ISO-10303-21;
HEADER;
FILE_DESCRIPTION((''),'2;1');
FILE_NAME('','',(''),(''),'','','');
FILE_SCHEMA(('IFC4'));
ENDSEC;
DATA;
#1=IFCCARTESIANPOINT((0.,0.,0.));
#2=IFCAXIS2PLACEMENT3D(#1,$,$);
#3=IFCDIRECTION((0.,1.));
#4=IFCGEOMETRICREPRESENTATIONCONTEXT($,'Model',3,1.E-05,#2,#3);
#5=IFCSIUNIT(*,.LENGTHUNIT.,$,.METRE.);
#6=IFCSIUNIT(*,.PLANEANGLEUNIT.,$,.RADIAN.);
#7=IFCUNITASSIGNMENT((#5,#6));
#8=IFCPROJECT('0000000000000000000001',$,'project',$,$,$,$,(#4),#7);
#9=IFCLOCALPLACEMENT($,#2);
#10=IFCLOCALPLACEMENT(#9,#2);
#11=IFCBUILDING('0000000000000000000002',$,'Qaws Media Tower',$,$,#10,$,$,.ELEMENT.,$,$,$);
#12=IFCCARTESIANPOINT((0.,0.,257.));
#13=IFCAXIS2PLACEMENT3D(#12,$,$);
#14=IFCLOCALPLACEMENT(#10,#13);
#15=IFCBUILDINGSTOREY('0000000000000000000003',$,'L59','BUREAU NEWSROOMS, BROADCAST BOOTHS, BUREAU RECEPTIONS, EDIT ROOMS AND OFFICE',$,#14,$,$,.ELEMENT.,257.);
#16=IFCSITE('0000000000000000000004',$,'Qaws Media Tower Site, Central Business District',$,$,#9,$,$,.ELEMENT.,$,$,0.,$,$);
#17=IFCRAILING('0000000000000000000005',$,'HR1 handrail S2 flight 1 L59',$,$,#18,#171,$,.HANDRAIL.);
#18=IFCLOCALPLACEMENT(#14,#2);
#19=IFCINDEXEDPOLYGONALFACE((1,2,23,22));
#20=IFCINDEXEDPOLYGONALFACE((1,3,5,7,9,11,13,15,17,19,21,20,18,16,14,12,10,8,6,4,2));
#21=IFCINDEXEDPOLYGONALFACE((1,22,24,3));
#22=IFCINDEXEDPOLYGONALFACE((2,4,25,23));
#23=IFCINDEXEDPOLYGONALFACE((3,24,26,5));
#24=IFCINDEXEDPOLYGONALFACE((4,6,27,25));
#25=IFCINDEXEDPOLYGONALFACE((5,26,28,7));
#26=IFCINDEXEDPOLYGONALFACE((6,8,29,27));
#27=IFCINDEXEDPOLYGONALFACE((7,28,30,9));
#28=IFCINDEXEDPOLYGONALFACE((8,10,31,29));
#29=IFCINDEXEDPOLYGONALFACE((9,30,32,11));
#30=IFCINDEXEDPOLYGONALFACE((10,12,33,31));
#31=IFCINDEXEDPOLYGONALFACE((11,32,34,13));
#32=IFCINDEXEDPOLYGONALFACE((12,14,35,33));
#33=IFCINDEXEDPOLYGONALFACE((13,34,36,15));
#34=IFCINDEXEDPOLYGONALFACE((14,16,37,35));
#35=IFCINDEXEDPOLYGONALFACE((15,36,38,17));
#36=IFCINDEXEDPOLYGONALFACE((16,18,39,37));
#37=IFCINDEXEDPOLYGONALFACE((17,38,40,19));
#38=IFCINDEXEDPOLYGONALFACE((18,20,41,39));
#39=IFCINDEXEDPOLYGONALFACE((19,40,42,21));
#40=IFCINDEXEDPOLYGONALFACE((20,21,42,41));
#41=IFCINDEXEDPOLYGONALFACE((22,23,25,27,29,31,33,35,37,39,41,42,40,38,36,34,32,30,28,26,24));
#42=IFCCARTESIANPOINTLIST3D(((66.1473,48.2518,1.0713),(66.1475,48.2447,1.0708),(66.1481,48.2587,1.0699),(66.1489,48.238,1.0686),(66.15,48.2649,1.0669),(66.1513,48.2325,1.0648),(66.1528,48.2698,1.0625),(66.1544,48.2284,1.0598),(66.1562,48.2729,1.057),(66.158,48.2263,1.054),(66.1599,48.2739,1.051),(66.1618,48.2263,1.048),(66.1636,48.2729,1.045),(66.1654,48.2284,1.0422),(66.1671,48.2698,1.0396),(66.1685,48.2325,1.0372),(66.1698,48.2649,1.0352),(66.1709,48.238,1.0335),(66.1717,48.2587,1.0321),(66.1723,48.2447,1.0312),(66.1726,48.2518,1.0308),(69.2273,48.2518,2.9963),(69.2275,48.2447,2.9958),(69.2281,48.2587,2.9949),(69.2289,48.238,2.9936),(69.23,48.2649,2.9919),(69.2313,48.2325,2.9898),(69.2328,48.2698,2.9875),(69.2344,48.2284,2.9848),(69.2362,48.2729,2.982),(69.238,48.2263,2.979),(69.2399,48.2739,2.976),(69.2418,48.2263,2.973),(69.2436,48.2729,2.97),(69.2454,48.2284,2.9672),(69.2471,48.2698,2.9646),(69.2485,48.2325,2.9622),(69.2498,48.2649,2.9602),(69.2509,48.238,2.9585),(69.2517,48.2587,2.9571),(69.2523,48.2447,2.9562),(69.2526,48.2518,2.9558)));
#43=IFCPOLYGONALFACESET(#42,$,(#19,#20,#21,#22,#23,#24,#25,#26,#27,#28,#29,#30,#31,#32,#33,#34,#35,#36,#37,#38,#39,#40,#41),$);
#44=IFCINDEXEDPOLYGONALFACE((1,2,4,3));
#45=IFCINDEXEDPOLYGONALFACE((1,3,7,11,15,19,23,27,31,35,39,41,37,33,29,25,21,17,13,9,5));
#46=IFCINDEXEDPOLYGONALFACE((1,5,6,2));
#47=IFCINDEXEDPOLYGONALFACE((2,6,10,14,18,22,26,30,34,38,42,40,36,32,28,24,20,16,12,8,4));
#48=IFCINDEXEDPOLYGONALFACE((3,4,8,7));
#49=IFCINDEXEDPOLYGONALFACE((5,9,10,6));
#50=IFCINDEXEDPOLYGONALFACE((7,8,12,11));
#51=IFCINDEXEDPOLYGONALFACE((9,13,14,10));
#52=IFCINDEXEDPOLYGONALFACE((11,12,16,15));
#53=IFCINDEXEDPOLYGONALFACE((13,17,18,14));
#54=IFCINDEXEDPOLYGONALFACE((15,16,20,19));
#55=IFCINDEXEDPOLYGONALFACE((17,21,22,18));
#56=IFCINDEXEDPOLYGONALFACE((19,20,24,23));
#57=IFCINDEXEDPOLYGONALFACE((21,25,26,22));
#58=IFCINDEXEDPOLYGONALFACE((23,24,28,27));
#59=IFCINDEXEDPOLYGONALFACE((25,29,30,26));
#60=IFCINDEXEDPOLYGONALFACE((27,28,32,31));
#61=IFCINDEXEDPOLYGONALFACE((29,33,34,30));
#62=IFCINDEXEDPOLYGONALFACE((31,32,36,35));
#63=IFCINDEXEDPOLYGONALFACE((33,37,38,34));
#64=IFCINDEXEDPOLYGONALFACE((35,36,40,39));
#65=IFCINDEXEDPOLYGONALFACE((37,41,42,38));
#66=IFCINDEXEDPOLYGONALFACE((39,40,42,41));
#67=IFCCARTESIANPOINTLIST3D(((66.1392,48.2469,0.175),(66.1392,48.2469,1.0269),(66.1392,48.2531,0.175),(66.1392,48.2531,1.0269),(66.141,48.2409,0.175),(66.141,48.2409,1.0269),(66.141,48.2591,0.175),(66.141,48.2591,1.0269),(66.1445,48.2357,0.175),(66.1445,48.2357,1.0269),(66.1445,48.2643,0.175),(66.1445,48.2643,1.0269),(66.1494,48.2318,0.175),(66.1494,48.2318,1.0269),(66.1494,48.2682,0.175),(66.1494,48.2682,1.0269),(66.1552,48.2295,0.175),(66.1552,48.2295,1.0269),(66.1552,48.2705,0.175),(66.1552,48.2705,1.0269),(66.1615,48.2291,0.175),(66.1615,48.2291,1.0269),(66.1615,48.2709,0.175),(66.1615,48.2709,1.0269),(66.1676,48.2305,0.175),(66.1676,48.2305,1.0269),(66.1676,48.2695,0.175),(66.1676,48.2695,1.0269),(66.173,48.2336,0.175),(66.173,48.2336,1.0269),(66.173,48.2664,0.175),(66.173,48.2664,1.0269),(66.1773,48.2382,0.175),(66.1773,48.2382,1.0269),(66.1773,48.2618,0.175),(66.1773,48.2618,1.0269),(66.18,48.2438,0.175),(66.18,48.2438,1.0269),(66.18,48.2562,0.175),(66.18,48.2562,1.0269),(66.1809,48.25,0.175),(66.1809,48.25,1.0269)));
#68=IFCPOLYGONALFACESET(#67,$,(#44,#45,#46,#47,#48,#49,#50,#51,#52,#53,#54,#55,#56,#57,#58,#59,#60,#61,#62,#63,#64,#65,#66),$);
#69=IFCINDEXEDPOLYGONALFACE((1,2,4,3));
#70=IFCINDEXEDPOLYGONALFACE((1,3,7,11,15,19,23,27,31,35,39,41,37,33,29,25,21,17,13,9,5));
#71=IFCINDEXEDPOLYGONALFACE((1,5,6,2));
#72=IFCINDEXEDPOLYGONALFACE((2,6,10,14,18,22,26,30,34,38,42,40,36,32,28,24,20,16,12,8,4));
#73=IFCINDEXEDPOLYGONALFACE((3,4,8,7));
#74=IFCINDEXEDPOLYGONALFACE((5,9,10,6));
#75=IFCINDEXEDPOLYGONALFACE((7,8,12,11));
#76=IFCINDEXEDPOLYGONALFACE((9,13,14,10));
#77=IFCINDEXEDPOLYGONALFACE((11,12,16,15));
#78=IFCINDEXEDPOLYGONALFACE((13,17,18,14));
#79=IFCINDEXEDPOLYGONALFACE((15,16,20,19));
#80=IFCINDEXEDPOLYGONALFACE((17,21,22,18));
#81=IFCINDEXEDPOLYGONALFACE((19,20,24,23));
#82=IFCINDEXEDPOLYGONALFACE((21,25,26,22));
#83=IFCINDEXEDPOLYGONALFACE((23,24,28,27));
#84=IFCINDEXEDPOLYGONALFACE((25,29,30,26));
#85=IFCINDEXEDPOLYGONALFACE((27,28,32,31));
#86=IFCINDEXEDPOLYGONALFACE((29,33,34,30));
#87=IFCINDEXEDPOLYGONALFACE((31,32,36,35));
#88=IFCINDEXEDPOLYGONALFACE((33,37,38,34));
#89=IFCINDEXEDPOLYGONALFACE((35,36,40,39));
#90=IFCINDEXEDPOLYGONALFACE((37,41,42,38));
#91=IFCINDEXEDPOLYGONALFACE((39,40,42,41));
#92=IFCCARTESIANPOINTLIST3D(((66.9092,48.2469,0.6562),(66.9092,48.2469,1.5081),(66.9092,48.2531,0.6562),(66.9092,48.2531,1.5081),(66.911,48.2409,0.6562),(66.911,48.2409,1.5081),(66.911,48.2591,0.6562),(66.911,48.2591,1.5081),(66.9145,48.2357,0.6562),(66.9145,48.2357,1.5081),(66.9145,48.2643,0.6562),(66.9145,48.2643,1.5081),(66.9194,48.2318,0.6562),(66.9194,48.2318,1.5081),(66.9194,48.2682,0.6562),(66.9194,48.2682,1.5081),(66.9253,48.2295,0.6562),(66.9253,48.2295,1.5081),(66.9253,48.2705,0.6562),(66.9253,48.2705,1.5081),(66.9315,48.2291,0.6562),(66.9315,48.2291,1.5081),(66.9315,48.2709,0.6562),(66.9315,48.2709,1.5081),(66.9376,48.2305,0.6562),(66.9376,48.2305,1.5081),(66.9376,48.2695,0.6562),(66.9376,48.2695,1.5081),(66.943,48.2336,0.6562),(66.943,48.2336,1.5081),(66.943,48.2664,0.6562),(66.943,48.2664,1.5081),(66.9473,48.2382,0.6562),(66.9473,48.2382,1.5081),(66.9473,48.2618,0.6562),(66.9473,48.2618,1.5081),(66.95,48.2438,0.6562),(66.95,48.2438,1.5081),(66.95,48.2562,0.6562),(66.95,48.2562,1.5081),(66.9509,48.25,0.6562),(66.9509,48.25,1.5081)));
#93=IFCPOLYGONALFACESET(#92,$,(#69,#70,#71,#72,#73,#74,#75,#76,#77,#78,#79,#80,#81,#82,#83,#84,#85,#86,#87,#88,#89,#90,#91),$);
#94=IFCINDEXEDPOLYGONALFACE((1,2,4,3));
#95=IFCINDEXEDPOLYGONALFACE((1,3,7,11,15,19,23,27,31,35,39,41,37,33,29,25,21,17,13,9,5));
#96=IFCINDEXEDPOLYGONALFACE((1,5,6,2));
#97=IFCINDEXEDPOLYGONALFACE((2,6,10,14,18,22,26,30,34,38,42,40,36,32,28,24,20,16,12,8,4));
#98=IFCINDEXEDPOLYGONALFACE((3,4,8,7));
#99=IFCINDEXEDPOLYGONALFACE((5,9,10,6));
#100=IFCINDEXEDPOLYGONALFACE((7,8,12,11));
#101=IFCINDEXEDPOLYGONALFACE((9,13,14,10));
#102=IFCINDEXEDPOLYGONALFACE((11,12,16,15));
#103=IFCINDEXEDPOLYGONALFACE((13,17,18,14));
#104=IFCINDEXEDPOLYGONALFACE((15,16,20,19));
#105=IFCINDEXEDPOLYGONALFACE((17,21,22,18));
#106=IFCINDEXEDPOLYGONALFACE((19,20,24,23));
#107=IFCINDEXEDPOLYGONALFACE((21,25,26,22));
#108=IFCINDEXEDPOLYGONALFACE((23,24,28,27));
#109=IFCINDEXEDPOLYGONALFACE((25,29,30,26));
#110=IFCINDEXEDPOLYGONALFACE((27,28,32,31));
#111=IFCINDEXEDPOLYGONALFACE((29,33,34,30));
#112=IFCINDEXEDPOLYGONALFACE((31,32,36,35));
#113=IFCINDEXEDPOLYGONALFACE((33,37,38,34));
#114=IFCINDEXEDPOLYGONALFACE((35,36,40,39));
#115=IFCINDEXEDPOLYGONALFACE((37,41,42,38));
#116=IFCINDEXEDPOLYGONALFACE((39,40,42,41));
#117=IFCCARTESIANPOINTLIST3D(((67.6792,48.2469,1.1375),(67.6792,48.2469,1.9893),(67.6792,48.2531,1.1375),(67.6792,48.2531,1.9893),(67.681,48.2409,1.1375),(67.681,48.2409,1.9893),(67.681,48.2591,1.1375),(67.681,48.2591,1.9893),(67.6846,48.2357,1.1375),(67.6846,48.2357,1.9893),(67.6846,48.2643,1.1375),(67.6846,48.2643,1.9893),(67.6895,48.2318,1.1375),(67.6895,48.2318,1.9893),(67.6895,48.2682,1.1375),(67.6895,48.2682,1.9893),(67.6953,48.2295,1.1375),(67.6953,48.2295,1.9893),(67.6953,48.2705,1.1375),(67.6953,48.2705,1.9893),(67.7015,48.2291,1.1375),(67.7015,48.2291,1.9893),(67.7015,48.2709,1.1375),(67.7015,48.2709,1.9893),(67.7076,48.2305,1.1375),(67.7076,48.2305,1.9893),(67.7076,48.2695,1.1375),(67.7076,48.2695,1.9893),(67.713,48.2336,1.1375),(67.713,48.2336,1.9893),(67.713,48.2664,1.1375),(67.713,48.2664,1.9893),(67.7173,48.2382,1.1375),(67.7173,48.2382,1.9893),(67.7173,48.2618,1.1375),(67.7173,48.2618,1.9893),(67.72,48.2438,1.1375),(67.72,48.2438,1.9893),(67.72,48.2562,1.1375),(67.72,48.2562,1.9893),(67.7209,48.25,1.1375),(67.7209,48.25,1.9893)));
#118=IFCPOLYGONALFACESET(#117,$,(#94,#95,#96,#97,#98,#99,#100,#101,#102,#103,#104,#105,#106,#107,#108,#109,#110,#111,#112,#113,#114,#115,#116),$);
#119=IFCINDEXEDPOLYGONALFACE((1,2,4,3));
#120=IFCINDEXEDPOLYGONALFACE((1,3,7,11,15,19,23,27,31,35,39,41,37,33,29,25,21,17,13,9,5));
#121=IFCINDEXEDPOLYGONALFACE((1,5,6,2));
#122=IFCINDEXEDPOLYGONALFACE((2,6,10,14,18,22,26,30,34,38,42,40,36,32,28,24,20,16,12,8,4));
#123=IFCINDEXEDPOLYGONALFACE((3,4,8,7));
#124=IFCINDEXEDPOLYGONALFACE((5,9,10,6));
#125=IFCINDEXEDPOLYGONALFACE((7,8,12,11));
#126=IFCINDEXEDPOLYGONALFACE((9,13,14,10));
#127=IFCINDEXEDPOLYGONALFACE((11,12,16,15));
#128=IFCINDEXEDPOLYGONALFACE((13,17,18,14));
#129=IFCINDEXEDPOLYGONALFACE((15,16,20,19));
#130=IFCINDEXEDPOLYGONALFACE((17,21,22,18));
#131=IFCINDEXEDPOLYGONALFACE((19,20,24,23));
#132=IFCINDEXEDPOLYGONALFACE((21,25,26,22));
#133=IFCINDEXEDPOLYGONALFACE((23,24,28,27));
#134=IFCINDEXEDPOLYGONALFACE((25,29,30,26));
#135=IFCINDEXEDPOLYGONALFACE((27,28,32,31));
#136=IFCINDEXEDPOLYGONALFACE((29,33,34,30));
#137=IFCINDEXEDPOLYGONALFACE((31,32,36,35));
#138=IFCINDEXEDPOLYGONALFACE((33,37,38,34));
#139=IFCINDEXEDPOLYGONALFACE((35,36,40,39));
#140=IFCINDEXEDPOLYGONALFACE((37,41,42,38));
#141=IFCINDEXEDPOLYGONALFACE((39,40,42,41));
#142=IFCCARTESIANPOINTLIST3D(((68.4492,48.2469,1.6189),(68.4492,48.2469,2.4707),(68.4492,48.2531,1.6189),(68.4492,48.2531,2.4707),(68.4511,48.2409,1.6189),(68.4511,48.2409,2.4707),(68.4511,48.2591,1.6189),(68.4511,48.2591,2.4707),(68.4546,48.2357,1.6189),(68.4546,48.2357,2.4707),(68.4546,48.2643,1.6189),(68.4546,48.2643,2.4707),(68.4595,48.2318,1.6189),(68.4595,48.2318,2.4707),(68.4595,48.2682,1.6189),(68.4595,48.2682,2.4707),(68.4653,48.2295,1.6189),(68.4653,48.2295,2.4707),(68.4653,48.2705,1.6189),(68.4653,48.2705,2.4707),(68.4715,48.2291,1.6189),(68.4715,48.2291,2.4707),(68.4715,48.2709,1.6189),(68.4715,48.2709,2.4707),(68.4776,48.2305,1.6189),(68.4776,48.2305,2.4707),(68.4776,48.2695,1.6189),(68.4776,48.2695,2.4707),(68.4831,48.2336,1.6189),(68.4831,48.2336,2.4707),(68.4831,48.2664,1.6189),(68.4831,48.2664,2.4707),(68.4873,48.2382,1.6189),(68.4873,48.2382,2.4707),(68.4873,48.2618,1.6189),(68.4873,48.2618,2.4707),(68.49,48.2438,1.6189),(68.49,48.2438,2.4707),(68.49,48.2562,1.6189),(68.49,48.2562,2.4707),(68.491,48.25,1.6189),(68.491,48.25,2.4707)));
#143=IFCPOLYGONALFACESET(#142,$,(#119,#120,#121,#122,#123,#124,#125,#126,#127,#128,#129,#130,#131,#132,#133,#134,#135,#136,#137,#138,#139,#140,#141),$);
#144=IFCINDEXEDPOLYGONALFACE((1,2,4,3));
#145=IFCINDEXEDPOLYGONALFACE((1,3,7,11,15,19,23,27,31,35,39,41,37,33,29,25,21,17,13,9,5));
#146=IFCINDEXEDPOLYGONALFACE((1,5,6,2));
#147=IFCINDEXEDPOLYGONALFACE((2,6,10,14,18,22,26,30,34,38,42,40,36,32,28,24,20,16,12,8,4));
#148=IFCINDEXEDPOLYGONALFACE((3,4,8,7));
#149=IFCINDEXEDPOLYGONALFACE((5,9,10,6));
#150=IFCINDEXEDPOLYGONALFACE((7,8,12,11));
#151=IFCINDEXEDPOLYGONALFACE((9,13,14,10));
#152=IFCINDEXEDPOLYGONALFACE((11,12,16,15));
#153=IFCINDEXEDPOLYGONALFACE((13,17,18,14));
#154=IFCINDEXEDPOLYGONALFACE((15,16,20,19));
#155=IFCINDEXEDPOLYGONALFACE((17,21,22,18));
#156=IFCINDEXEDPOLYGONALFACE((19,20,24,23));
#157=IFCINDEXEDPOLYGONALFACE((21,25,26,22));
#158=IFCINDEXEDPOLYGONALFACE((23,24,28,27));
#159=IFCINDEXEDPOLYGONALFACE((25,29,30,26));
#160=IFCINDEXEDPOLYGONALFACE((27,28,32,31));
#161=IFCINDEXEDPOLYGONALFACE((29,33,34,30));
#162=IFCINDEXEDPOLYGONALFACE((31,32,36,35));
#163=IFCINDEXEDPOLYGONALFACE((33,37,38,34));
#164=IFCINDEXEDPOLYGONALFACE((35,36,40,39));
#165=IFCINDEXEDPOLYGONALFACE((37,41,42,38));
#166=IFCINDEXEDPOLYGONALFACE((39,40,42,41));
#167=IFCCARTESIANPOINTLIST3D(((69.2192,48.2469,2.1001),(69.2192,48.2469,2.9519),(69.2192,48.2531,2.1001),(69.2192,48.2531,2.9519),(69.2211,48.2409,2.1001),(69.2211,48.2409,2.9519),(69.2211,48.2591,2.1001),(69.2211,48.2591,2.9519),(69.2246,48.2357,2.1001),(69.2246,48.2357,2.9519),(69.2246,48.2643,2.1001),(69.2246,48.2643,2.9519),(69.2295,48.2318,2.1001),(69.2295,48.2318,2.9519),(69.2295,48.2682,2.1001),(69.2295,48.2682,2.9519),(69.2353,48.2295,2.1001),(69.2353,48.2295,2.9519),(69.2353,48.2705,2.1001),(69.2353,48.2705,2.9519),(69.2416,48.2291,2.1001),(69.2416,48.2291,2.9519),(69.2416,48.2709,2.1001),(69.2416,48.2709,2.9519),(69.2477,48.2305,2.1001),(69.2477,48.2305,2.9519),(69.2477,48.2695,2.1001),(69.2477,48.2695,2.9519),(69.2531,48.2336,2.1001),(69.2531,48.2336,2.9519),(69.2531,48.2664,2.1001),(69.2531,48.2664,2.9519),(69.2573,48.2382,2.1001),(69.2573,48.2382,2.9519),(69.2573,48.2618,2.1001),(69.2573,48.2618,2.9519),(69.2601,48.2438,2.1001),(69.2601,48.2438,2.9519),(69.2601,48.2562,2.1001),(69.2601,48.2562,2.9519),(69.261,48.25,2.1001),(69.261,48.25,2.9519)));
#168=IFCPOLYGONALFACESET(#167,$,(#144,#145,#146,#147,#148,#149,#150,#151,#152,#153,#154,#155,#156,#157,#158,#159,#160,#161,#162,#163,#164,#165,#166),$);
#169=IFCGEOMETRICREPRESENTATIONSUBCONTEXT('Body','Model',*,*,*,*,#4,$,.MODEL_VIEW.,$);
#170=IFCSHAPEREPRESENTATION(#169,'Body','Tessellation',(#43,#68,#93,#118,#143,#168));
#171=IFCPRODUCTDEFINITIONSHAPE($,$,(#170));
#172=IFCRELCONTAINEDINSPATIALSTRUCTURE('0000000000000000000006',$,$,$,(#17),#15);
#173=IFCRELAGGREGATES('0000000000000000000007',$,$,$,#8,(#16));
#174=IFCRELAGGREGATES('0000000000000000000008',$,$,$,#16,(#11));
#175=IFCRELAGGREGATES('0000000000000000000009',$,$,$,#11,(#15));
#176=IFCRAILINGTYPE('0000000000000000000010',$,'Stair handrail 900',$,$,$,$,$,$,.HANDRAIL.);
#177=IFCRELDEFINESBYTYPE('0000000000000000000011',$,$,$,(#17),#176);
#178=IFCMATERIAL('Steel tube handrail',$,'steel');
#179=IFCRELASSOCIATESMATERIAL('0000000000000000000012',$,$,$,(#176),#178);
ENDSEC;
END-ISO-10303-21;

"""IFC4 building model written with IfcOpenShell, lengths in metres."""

from ifc_helpers import new_model, si_unit, direction, frame, origin, origin_2d, place, context, subcontext, project, spatial, circle, extrude, material, type_object, element, save


model = new_model("IFC4")

# Units and contexts
model_context = context("Model", 3, precision=1e-05, world=origin(), true_north=direction((0.0, 1.0)))
body_context = subcontext(model_context, "Body", "Model", "MODEL_VIEW")
ifc_project = project(units=[si_unit("LENGTHUNIT", "METRE"), si_unit("PLANEANGLEUNIT", "RADIAN")], contexts=[model_context])

# Site, building, storey
site_placement = place(None, origin())
site = spatial("IfcSite", under=ifc_project, at=site_placement, Name="Qaws Media Tower Site, Central Business District", CompositionType="ELEMENT", RefElevation=0.0)
building_placement = place(site_placement, origin())
building = spatial("IfcBuilding", under=site, at=building_placement, Name="Qaws Media Tower", CompositionType="ELEMENT")
storey_placement = place(building_placement, frame((0.0, 0.0, 257.0)))
storey = spatial("IfcBuildingStorey", under=building, at=storey_placement, Name="L59", Description="BUREAU NEWSROOMS, BROADCAST BOOTHS, BUREAU RECEPTIONS, EDIT ROOMS AND OFFICE", CompositionType="ELEMENT", Elevation=257.0)

# Railing
ifc_material_1 = material(Name="Steel tube handrail", Category="steel")
railing_type = type_object("IfcRailingType", Name="Stair handrail 900", PredefinedType="HANDRAIL", material=ifc_material_1)
for number, where, name in (
    (1, (66.1599, 48.25, 0.175), "HR1 handrail S2 flight 1 L59"),
):
    element("IfcRailing", number, at=place(storey_placement, frame(where)), inside=storey, type_object=railing_type, Name=name, PredefinedType="HANDRAIL", context=body_context, shape_type="SweptSolid", body=[
        extrude(circle(Radius=0.0239, at=origin_2d()), frame((0.0, 0.0, 0.876), z_axis=(0.847998, 0.0, 0.529999), x_axis=(0.0, 1.0, 0.0)), (0.0, 0.0, 1.0), 3.6321),
        extrude(circle(Radius=0.021, at=origin_2d()), origin(), (0.0, 0.0, 1.0), 0.8518),
        extrude(circle(Radius=0.021, at=origin_2d()), frame((0.77, 0.0, 0.4812)), (0.0, 0.0, 1.0), 0.8518),
        extrude(circle(Radius=0.021, at=origin_2d()), frame((1.54, 0.0, 0.9624)), (0.0, 0.0, 1.0), 0.8518),
        extrude(circle(Radius=0.021, at=origin_2d()), frame((2.3101, 0.0, 1.4438)), (0.0, 0.0, 1.0), 0.8518),
        extrude(circle(Radius=0.021, at=origin_2d()), frame((3.0801, 0.0, 1.925)), (0.0, 0.0, 1.0), 0.8518),
    ])

save(model, "model.ifc")
